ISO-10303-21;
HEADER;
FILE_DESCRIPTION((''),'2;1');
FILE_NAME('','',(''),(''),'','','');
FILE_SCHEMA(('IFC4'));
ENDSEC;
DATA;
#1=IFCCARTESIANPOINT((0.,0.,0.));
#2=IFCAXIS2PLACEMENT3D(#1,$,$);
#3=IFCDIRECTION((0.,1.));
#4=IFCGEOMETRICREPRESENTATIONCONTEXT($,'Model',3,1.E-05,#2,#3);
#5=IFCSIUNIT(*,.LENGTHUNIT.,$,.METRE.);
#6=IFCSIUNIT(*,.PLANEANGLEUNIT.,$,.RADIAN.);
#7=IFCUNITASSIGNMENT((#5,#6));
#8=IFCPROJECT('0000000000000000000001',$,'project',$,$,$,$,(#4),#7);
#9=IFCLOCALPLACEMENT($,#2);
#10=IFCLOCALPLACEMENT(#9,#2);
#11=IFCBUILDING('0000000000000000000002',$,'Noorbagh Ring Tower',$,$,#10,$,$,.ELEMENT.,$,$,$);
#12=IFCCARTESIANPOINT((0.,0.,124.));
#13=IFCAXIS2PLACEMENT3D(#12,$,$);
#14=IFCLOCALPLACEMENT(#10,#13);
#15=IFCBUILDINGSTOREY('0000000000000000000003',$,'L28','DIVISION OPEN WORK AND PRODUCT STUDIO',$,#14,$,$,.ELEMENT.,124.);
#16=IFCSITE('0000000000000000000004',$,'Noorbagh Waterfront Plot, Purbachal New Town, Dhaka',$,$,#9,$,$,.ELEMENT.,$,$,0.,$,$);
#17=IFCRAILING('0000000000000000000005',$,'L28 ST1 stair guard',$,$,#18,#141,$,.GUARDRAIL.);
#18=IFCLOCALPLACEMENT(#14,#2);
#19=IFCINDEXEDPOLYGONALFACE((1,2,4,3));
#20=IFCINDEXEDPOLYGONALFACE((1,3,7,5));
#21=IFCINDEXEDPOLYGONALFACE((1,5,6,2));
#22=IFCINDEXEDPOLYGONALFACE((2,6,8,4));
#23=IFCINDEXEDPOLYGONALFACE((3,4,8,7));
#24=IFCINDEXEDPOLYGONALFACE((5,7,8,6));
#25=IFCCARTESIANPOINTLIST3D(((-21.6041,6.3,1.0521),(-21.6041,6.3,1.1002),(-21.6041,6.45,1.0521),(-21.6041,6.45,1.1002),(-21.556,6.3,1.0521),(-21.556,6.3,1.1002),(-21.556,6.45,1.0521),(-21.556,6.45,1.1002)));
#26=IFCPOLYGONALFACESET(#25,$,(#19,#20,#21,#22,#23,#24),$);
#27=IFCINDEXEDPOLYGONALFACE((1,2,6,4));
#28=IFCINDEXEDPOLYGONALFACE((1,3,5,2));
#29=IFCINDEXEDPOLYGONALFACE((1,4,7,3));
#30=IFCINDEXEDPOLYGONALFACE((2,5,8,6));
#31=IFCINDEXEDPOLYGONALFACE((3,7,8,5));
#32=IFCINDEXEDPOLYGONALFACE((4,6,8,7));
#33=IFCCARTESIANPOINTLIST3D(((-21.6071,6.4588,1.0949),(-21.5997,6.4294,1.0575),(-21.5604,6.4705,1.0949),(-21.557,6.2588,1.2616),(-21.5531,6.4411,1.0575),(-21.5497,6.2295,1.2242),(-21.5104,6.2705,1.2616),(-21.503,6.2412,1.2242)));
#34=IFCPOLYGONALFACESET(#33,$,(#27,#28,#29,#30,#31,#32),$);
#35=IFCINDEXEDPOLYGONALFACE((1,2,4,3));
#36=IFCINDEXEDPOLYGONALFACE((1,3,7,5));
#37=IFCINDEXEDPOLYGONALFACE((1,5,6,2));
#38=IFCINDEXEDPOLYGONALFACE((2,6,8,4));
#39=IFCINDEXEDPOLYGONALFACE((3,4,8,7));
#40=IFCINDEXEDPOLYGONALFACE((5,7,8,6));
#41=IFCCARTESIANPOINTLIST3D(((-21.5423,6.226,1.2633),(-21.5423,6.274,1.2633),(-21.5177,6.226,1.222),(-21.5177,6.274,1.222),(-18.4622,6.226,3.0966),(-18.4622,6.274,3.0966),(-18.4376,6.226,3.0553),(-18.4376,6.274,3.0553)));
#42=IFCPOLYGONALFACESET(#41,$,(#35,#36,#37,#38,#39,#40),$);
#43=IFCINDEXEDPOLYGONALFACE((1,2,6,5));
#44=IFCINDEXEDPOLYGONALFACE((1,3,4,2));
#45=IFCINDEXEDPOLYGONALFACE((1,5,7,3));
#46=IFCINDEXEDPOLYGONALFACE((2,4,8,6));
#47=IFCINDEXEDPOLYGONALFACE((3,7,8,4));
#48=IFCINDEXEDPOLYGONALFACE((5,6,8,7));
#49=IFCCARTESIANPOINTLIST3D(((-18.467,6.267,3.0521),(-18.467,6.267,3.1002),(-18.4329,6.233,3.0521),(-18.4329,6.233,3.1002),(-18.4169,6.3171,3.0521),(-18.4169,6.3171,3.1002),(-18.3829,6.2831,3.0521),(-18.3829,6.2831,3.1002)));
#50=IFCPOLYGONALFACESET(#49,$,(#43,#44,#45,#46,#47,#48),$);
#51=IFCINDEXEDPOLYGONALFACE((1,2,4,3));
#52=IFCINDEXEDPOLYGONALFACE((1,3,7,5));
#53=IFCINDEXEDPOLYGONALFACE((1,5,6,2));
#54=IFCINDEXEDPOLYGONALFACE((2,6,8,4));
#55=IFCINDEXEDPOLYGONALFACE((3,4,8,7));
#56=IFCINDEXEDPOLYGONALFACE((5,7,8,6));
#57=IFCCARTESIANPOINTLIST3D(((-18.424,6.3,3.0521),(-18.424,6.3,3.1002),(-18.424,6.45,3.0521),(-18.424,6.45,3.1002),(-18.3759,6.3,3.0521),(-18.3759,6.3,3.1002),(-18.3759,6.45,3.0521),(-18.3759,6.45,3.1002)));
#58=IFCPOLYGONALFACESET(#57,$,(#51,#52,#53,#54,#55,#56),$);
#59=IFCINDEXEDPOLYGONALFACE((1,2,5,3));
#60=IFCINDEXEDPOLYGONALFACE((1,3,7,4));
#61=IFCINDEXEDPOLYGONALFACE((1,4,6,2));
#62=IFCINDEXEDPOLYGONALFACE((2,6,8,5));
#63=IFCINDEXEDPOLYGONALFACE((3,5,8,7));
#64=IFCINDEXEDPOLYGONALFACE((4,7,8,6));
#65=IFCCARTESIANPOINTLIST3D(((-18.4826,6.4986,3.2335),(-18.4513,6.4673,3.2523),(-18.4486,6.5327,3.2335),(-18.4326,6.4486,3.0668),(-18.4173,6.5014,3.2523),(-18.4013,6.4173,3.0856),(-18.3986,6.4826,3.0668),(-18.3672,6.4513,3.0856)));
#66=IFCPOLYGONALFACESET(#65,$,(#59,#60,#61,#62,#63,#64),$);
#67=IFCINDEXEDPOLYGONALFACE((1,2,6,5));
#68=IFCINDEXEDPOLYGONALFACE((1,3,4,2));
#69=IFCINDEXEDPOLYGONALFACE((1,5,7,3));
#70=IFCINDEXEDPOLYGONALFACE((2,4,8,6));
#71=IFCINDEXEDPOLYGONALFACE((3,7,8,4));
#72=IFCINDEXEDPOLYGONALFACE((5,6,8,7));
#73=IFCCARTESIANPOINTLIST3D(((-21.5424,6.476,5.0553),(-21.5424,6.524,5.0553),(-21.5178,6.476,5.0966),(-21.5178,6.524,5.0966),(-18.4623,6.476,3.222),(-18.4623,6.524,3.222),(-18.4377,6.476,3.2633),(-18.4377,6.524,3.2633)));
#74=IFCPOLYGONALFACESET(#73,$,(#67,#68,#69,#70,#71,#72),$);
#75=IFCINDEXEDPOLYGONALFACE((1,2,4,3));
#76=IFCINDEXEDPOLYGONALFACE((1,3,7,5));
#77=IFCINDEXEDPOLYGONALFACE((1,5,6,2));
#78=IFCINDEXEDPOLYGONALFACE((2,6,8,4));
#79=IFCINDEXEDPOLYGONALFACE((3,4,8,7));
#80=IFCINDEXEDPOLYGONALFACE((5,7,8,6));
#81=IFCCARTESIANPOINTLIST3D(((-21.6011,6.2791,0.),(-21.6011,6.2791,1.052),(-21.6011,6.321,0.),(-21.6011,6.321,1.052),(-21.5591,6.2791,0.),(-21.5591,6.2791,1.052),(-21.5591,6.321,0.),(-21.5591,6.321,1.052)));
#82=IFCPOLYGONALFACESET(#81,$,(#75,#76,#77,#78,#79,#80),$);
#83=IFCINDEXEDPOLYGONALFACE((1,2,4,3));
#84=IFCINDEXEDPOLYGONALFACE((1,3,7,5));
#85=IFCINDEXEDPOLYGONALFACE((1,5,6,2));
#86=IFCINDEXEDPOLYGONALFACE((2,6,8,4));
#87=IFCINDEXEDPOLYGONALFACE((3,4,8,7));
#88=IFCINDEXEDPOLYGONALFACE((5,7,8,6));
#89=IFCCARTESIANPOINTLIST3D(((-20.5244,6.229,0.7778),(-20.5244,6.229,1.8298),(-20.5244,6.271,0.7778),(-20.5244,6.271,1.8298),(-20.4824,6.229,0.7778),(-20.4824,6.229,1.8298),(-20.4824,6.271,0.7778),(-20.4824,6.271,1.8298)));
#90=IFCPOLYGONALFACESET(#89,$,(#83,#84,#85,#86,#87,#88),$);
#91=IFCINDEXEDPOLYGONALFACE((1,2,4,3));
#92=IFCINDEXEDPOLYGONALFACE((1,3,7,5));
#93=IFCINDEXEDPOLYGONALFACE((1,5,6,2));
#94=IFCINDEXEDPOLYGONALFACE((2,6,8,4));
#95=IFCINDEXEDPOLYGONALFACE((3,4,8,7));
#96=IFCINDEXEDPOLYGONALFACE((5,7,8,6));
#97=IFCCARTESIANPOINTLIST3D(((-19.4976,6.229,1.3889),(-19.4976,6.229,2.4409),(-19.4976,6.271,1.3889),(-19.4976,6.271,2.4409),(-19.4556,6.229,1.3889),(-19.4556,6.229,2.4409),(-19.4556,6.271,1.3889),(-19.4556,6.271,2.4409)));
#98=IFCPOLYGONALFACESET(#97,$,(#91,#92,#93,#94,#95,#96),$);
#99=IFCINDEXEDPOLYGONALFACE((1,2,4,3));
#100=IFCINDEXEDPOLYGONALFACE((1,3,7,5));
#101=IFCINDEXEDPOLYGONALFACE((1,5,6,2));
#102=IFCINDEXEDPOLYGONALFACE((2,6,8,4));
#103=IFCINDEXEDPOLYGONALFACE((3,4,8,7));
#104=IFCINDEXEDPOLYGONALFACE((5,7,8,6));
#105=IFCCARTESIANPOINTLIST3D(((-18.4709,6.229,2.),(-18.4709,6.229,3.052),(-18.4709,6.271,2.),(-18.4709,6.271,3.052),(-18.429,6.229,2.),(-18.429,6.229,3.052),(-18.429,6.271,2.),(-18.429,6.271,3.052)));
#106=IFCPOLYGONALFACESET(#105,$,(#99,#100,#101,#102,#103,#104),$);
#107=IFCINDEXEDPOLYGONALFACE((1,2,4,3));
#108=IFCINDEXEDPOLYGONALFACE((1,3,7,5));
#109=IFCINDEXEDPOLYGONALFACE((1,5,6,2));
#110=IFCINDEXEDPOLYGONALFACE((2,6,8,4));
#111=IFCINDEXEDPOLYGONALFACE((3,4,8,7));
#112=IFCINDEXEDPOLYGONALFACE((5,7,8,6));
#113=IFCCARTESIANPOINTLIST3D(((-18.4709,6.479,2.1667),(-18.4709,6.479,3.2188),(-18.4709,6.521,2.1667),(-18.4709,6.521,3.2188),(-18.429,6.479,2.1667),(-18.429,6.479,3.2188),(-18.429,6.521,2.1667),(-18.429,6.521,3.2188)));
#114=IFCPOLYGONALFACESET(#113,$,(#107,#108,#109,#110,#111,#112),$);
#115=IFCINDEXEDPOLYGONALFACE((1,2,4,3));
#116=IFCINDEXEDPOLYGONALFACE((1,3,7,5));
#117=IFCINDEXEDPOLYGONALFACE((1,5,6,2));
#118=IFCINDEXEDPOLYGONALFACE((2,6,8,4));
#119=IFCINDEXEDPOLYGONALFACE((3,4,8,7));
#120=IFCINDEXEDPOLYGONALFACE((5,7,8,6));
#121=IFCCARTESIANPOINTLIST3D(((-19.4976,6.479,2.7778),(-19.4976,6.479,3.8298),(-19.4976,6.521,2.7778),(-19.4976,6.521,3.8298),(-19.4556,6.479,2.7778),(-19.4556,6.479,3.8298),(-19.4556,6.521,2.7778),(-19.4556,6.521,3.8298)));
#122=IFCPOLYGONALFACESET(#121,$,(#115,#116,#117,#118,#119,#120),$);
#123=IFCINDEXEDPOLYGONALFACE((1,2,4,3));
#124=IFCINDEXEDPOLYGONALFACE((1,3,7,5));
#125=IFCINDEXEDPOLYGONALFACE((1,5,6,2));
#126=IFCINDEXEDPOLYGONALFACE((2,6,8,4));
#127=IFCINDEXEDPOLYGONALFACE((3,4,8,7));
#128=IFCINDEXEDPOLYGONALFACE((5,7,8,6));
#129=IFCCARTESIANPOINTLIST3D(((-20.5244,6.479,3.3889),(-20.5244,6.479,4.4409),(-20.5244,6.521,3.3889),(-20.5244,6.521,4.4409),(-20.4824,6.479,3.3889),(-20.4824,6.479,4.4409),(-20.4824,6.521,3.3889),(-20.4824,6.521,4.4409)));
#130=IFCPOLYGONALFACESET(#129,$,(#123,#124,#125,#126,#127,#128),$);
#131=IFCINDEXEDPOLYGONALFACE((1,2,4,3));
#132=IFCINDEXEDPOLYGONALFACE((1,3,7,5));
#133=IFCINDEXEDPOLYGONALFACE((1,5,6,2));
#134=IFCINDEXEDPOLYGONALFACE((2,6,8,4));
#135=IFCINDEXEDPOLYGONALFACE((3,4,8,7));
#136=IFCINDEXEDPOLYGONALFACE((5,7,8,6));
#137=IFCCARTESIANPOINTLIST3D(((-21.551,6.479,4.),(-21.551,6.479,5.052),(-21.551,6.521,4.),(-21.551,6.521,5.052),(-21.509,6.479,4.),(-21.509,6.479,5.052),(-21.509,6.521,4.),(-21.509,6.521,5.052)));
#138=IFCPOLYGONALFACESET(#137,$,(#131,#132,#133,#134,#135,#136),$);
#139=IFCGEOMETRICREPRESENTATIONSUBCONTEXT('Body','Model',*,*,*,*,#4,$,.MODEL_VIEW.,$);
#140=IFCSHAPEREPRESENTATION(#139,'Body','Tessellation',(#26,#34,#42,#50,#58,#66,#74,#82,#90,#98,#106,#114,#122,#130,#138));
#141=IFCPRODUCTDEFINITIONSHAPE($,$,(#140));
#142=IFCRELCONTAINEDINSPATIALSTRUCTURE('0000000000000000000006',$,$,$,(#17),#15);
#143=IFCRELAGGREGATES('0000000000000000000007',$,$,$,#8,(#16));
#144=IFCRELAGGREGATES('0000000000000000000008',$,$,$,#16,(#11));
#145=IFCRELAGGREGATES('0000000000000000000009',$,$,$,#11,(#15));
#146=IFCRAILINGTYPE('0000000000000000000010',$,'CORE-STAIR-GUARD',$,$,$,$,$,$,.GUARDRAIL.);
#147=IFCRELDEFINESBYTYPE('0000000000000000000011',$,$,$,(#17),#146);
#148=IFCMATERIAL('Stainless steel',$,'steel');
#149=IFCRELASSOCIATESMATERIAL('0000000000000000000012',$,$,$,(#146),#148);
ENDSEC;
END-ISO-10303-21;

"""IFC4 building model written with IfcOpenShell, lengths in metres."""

from ifc_helpers import new_model, si_unit, direction, frame, origin, origin_2d, place, context, subcontext, project, spatial, rectangle, extrude, material, type_object, element, save


model = new_model("IFC4")

# Units and contexts
model_context = context("Model", 3, precision=1e-05, world=origin(), true_north=direction((0.0, 1.0)))
body_context = subcontext(model_context, "Body", "Model", "MODEL_VIEW")
ifc_project = project(units=[si_unit("LENGTHUNIT", "METRE"), si_unit("PLANEANGLEUNIT", "RADIAN")], contexts=[model_context])

# Site, building, storey
site_placement = place(None, origin())
site = spatial("IfcSite", under=ifc_project, at=site_placement, Name="Noorbagh Waterfront Plot, Purbachal New Town, Dhaka", CompositionType="ELEMENT", RefElevation=0.0)
building_placement = place(site_placement, origin())
building = spatial("IfcBuilding", under=site, at=building_placement, Name="Noorbagh Ring Tower", CompositionType="ELEMENT")
storey_placement = place(building_placement, frame((0.0, 0.0, 124.0)))
storey = spatial("IfcBuildingStorey", under=building, at=storey_placement, Name="L28", Description="DIVISION OPEN WORK AND PRODUCT STUDIO", CompositionType="ELEMENT", Elevation=124.0)

# Railing
ifc_material_1 = material(Name="Stainless steel", Category="steel")
railing_type_1 = type_object("IfcRailingType", Name="CORE-STAIR-GUARD", PredefinedType="GUARDRAIL", material=ifc_material_1)
railing_1_placement = place(storey_placement, frame((-21.5801, 6.3, 0.0)))
element("IfcRailing", 1, at=railing_1_placement, inside=storey, type_object=railing_type_1, Name="L28 ST1 stair guard", PredefinedType="GUARDRAIL", context=body_context, shape_type="SweptSolid", body=[
    extrude(rectangle(XDim=0.0481, YDim=0.0481, at=origin_2d()), frame((0.0, 0.0, 1.0762), z_axis=(0.0, 1.0, 0.0), x_axis=(-1.0, 0.0, 0.0)), (0.0, 0.0, 1.0), 0.1499),
    extrude(rectangle(XDim=0.0481, YDim=0.0481, at=origin_2d()), frame((0.0, 0.1499, 1.0762), z_axis=(0.188776, -0.754182, 0.628946), x_axis=(0.970073, 0.242814, 0.0)), (0.0, 0.0, 1.0), 0.2651),
    extrude(rectangle(XDim=0.0481, YDim=0.0481, at=origin_2d()), frame((0.05, -0.05, 1.2427), z_axis=(0.859309, 0.0, 0.511458), x_axis=(0.0, 1.0, 0.0)), (0.0, 0.0, 1.0), 3.5845),
    extrude(rectangle(XDim=0.0481, YDim=0.0481, at=origin_2d()), frame((3.1301, -0.05, 3.0762), z_axis=(0.707107, 0.707107, 0.0), x_axis=(-0.707107, 0.707107, 0.0)), (0.0, 0.0, 1.0), 0.0708),
    extrude(rectangle(XDim=0.0481, YDim=0.0481, at=origin_2d()), frame((3.1802, 0.0, 3.0762), z_axis=(0.0, 1.0, 0.0), x_axis=(-1.0, 0.0, 0.0)), (0.0, 0.0, 1.0), 0.1499),
    extrude(rectangle(XDim=0.0481, YDim=0.0481, at=origin_2d()), frame((3.1802, 0.1499, 3.0762), z_axis=(-0.276287, 0.276287, 0.920506), x_axis=(-0.707107, -0.707107, 0.0)), (0.0, 0.0, 1.0), 0.1812),
    extrude(rectangle(XDim=0.0481, YDim=0.0481, at=origin_2d()), frame((3.1301, 0.2, 3.2427), z_axis=(-0.859309, 0.0, 0.511458), x_axis=(0.0, -1.0, 0.0)), (0.0, 0.0, 1.0), 3.5845),
    extrude(rectangle(XDim=0.042, YDim=0.042, at=origin_2d()), origin(), (0.0, 0.0, 1.0), 1.052),
    extrude(rectangle(XDim=0.042, YDim=0.042, at=origin_2d()), frame((1.0767, -0.05, 0.7778)), (0.0, 0.0, 1.0), 1.052),
    extrude(rectangle(XDim=0.042, YDim=0.042, at=origin_2d()), frame((2.1035, -0.05, 1.3889)), (0.0, 0.0, 1.0), 1.052),
    extrude(rectangle(XDim=0.042, YDim=0.042, at=origin_2d()), frame((3.1301, -0.05, 2.0)), (0.0, 0.0, 1.0), 1.052),
    extrude(rectangle(XDim=0.042, YDim=0.042, at=origin_2d()), frame((3.1301, 0.2, 2.1667)), (0.0, 0.0, 1.0), 1.052),
    extrude(rectangle(XDim=0.042, YDim=0.042, at=origin_2d()), frame((2.1035, 0.2, 2.7778)), (0.0, 0.0, 1.0), 1.052),
    extrude(rectangle(XDim=0.042, YDim=0.042, at=origin_2d()), frame((1.0767, 0.2, 3.3889)), (0.0, 0.0, 1.0), 1.052),
    extrude(rectangle(XDim=0.042, YDim=0.042, at=origin_2d()), frame((0.05, 0.2, 4.0)), (0.0, 0.0, 1.0), 1.052),
])

save(model, "model.ifc")
